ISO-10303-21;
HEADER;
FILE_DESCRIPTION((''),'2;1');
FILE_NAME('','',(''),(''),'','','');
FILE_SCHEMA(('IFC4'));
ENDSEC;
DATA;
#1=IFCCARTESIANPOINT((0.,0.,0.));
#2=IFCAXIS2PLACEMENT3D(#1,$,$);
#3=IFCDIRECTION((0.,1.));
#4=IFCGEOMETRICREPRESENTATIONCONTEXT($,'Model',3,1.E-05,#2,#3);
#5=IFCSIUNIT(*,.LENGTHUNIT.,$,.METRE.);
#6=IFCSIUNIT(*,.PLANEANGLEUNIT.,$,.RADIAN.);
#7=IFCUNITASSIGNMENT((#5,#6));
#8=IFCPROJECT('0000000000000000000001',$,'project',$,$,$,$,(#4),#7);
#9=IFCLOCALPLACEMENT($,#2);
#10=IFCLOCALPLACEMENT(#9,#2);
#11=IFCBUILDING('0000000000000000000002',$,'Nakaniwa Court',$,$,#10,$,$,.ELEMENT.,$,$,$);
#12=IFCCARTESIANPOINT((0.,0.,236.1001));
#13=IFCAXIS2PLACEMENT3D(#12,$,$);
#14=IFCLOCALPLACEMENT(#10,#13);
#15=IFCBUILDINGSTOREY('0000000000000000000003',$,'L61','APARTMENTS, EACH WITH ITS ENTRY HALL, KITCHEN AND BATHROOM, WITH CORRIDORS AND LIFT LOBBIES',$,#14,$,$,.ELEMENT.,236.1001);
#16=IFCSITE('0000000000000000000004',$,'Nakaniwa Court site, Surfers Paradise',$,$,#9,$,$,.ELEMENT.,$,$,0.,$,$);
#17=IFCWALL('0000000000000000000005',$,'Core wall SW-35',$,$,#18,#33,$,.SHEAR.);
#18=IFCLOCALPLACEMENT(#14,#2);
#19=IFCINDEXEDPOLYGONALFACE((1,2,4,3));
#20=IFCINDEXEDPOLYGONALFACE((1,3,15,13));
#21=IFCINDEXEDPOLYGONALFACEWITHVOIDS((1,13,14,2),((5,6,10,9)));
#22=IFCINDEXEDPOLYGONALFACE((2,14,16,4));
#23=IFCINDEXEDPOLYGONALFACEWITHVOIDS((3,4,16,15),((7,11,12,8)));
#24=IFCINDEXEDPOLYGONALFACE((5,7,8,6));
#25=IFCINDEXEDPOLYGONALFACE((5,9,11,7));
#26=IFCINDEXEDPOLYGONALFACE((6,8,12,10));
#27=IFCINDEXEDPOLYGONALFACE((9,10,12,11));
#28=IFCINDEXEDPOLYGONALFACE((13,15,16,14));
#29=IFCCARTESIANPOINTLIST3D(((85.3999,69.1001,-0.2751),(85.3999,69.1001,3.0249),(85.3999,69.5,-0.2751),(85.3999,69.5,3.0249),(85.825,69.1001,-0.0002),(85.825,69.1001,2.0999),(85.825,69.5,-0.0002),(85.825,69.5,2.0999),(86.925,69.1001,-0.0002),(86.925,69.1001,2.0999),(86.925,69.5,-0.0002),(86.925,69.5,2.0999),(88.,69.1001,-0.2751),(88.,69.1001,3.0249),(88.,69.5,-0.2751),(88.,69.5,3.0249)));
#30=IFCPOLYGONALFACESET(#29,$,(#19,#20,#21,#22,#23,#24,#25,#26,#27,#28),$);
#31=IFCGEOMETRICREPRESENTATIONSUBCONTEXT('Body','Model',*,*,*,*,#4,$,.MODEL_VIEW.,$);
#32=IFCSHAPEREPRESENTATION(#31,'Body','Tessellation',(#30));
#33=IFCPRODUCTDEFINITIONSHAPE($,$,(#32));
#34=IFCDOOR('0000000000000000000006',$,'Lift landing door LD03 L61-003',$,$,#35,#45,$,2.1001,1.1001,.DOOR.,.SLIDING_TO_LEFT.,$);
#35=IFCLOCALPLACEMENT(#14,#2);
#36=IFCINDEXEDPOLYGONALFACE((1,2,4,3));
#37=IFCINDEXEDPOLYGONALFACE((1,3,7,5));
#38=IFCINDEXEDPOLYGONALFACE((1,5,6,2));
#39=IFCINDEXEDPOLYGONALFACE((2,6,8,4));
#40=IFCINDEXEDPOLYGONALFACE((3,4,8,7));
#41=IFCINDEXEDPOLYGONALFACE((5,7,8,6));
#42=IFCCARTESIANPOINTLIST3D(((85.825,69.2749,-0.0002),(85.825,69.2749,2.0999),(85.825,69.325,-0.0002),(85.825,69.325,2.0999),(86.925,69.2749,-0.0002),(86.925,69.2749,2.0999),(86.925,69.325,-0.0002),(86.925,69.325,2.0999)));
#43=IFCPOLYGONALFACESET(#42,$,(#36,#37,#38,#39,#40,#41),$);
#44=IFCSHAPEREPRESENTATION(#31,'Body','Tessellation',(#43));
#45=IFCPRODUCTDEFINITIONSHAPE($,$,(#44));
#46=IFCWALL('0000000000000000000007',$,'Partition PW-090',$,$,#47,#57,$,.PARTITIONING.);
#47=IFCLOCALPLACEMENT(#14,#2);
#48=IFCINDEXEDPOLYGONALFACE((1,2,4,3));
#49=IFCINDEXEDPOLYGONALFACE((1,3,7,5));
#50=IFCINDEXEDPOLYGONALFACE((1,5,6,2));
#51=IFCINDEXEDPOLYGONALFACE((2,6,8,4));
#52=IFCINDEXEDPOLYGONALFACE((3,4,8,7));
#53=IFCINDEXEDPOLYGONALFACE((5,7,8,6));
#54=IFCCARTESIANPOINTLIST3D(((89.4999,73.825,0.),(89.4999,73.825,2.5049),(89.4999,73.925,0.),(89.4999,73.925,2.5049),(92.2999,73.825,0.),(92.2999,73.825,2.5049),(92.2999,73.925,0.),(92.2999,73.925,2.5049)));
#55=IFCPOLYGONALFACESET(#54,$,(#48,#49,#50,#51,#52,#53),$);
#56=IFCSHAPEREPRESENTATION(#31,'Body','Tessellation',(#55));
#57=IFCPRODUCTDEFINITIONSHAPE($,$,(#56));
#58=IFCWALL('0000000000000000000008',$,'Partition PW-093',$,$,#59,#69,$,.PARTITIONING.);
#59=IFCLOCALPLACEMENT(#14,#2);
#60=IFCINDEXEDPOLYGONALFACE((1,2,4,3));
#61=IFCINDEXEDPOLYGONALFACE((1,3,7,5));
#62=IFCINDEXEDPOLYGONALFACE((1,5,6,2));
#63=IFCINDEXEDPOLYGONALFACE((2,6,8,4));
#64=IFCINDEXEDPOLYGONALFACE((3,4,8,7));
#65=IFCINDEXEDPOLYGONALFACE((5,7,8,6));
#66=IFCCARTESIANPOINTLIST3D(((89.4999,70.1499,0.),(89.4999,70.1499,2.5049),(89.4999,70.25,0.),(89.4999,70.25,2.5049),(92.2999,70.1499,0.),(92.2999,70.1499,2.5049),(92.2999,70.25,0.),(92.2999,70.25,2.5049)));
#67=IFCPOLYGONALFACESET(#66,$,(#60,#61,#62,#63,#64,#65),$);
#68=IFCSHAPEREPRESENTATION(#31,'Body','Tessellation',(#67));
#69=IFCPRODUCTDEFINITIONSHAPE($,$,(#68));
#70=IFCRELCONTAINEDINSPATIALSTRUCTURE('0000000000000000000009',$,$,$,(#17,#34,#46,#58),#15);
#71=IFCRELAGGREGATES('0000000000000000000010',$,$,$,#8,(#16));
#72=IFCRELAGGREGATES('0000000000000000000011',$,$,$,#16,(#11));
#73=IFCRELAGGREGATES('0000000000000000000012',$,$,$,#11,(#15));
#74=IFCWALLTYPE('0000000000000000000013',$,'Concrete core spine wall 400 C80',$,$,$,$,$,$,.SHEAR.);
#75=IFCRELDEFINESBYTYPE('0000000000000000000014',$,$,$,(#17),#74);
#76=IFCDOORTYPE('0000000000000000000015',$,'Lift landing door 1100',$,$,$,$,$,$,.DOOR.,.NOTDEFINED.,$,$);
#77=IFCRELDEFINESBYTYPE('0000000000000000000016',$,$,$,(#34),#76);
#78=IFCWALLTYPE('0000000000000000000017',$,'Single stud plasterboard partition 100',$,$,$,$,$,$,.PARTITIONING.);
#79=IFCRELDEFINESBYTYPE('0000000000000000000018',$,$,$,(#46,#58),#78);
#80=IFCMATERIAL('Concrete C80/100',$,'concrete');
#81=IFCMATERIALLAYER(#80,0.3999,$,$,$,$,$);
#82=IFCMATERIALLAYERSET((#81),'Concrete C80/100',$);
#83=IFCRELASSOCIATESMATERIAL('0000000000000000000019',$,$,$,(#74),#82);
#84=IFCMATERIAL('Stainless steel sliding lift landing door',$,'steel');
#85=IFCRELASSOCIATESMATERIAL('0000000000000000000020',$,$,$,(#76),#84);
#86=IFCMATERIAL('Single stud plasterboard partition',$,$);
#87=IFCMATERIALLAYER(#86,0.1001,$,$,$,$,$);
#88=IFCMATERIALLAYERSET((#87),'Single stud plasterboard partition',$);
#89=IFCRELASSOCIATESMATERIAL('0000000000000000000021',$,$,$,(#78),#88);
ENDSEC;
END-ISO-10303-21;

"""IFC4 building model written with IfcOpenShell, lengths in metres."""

from ifc_helpers import new_model, si_unit, direction, frame, frame_2d, origin, place, context, subcontext, project, spatial, rectangle, extrude, material, layer, layer_set, type_object, element, fill, save


model = new_model("IFC4")

# Units and contexts
model_context = context("Model", 3, precision=1e-05, world=origin(), true_north=direction((0.0, 1.0)))
body_context = subcontext(model_context, "Body", "Model", "MODEL_VIEW")
ifc_project = project(units=[si_unit("LENGTHUNIT", "METRE"), si_unit("PLANEANGLEUNIT", "RADIAN")], contexts=[model_context])

# Site, building, storey
site_placement = place(None, origin())
site = spatial("IfcSite", under=ifc_project, at=site_placement, Name="Nakaniwa Court site, Surfers Paradise", CompositionType="ELEMENT", RefElevation=0.0)
building_placement = place(site_placement, origin())
building = spatial("IfcBuilding", under=site, at=building_placement, Name="Nakaniwa Court", CompositionType="ELEMENT")
storey_placement = place(building_placement, frame((0.0, 0.0, 236.1001)))
storey = spatial("IfcBuildingStorey", under=building, at=storey_placement, Name="L61", Description="APARTMENTS, EACH WITH ITS ENTRY HALL, KITCHEN AND BATHROOM, WITH CORRIDORS AND LIFT LOBBIES", CompositionType="ELEMENT", Elevation=236.1001)

# Shared definitions
ifc_material_1 = material(Name="Concrete C80/100", Category="concrete")

# Wall, opening, door
ifc_layer_1 = layer(ifc_material_1, 0.3999)
ifc_layer_set_1 = layer_set([ifc_layer_1], Name="Concrete C80/100")
wall_type_1 = type_object("IfcWallType", Name="Concrete core spine wall 400 C80", PredefinedType="SHEAR", material=ifc_layer_set_1)
wall_1_placement = place(storey_placement, frame((85.3999, 69.3, -0.2751), z_axis=(0.0, 0.0, 1.0), x_axis=(1.0, 0.0, 0.0)))
wall_1 = element("IfcWall", 1, at=wall_1_placement, inside=storey, type_object=wall_type_1, Name="Core wall SW-35", PredefinedType="SHEAR", context=body_context, shape_type="SweptSolid", body=[
    extrude(rectangle(XDim=2.6001, YDim=0.3999, at=frame_2d((1.3, 0.0))), origin(), (0.0, 0.0, 1.0), 3.3),
])
opening_1_placement = place(wall_1_placement, frame((0.425, 0.0, 0.2749)))
opening_1 = element("IfcOpeningElement", 2, at=opening_1_placement, cuts=wall_1, PredefinedType="OPENING", context=body_context, shape_type="SweptSolid", body=[
    extrude(rectangle(XDim=1.1001, YDim=2.1001, at=frame_2d((0.55, 1.05))), frame((0.0, 0.21, 0.0), z_axis=(0.0, -1.0, 0.0), x_axis=(1.0, 0.0, 0.0)), (0.0, 0.0, 1.0), 0.4199),
])
ifc_material_2 = material(Name="Stainless steel sliding lift landing door", Category="steel")
door_type_1 = type_object("IfcDoorType", Name="Lift landing door 1100", OperationType="NOTDEFINED", PredefinedType="DOOR", material=ifc_material_2)
door_1_placement = place(opening_1_placement, origin())
door_1 = element("IfcDoor", 3, at=door_1_placement, inside=storey, type_object=door_type_1, Name="Lift landing door LD03 L61-003", OperationType="SLIDING_TO_LEFT", OverallHeight=2.1001, OverallWidth=1.1001, PredefinedType="DOOR", context=body_context, shape_type="SweptSolid", body=[
    extrude(rectangle(XDim=1.1001, YDim=2.1001, at=frame_2d((0.55, 1.05))), frame((0.0, 0.0249, 0.0), z_axis=(0.0, -1.0, 0.0), x_axis=(1.0, 0.0, 0.0)), (0.0, 0.0, 1.0), 0.05),
])
fill(opening_1, door_1)

# Walls
ifc_material_3 = material(Name="Single stud plasterboard partition")
ifc_layer_2 = layer(ifc_material_3, 0.1001)
ifc_layer_set_2 = layer_set([ifc_layer_2], Name="Single stud plasterboard partition")
wall_type_2 = type_object("IfcWallType", Name="Single stud plasterboard partition 100", PredefinedType="PARTITIONING", material=ifc_layer_set_2)
for number, where, z_axis, x_axis, name in (
    (4, (89.5, 73.875, 0.0), (0.0, 0.0, 1.0), (1.0, 0.0, 0.0), "Partition PW-090"),
    (5, (89.5, 70.2, 0.0), (0.0, 0.0, 1.0), (1.0, 0.0, 0.0), "Partition PW-093"),
):
    element("IfcWall", number, at=place(storey_placement, frame(where, z_axis=z_axis, x_axis=x_axis)), inside=storey, type_object=wall_type_2, Name=name, PredefinedType="PARTITIONING", context=body_context, shape_type="SweptSolid", body=[
        extrude(rectangle(XDim=2.8, YDim=0.1001, at=frame_2d((1.3999, 0.0))), origin(), (0.0, 0.0, 1.0), 2.5049),
    ])

save(model, "model.ifc")
